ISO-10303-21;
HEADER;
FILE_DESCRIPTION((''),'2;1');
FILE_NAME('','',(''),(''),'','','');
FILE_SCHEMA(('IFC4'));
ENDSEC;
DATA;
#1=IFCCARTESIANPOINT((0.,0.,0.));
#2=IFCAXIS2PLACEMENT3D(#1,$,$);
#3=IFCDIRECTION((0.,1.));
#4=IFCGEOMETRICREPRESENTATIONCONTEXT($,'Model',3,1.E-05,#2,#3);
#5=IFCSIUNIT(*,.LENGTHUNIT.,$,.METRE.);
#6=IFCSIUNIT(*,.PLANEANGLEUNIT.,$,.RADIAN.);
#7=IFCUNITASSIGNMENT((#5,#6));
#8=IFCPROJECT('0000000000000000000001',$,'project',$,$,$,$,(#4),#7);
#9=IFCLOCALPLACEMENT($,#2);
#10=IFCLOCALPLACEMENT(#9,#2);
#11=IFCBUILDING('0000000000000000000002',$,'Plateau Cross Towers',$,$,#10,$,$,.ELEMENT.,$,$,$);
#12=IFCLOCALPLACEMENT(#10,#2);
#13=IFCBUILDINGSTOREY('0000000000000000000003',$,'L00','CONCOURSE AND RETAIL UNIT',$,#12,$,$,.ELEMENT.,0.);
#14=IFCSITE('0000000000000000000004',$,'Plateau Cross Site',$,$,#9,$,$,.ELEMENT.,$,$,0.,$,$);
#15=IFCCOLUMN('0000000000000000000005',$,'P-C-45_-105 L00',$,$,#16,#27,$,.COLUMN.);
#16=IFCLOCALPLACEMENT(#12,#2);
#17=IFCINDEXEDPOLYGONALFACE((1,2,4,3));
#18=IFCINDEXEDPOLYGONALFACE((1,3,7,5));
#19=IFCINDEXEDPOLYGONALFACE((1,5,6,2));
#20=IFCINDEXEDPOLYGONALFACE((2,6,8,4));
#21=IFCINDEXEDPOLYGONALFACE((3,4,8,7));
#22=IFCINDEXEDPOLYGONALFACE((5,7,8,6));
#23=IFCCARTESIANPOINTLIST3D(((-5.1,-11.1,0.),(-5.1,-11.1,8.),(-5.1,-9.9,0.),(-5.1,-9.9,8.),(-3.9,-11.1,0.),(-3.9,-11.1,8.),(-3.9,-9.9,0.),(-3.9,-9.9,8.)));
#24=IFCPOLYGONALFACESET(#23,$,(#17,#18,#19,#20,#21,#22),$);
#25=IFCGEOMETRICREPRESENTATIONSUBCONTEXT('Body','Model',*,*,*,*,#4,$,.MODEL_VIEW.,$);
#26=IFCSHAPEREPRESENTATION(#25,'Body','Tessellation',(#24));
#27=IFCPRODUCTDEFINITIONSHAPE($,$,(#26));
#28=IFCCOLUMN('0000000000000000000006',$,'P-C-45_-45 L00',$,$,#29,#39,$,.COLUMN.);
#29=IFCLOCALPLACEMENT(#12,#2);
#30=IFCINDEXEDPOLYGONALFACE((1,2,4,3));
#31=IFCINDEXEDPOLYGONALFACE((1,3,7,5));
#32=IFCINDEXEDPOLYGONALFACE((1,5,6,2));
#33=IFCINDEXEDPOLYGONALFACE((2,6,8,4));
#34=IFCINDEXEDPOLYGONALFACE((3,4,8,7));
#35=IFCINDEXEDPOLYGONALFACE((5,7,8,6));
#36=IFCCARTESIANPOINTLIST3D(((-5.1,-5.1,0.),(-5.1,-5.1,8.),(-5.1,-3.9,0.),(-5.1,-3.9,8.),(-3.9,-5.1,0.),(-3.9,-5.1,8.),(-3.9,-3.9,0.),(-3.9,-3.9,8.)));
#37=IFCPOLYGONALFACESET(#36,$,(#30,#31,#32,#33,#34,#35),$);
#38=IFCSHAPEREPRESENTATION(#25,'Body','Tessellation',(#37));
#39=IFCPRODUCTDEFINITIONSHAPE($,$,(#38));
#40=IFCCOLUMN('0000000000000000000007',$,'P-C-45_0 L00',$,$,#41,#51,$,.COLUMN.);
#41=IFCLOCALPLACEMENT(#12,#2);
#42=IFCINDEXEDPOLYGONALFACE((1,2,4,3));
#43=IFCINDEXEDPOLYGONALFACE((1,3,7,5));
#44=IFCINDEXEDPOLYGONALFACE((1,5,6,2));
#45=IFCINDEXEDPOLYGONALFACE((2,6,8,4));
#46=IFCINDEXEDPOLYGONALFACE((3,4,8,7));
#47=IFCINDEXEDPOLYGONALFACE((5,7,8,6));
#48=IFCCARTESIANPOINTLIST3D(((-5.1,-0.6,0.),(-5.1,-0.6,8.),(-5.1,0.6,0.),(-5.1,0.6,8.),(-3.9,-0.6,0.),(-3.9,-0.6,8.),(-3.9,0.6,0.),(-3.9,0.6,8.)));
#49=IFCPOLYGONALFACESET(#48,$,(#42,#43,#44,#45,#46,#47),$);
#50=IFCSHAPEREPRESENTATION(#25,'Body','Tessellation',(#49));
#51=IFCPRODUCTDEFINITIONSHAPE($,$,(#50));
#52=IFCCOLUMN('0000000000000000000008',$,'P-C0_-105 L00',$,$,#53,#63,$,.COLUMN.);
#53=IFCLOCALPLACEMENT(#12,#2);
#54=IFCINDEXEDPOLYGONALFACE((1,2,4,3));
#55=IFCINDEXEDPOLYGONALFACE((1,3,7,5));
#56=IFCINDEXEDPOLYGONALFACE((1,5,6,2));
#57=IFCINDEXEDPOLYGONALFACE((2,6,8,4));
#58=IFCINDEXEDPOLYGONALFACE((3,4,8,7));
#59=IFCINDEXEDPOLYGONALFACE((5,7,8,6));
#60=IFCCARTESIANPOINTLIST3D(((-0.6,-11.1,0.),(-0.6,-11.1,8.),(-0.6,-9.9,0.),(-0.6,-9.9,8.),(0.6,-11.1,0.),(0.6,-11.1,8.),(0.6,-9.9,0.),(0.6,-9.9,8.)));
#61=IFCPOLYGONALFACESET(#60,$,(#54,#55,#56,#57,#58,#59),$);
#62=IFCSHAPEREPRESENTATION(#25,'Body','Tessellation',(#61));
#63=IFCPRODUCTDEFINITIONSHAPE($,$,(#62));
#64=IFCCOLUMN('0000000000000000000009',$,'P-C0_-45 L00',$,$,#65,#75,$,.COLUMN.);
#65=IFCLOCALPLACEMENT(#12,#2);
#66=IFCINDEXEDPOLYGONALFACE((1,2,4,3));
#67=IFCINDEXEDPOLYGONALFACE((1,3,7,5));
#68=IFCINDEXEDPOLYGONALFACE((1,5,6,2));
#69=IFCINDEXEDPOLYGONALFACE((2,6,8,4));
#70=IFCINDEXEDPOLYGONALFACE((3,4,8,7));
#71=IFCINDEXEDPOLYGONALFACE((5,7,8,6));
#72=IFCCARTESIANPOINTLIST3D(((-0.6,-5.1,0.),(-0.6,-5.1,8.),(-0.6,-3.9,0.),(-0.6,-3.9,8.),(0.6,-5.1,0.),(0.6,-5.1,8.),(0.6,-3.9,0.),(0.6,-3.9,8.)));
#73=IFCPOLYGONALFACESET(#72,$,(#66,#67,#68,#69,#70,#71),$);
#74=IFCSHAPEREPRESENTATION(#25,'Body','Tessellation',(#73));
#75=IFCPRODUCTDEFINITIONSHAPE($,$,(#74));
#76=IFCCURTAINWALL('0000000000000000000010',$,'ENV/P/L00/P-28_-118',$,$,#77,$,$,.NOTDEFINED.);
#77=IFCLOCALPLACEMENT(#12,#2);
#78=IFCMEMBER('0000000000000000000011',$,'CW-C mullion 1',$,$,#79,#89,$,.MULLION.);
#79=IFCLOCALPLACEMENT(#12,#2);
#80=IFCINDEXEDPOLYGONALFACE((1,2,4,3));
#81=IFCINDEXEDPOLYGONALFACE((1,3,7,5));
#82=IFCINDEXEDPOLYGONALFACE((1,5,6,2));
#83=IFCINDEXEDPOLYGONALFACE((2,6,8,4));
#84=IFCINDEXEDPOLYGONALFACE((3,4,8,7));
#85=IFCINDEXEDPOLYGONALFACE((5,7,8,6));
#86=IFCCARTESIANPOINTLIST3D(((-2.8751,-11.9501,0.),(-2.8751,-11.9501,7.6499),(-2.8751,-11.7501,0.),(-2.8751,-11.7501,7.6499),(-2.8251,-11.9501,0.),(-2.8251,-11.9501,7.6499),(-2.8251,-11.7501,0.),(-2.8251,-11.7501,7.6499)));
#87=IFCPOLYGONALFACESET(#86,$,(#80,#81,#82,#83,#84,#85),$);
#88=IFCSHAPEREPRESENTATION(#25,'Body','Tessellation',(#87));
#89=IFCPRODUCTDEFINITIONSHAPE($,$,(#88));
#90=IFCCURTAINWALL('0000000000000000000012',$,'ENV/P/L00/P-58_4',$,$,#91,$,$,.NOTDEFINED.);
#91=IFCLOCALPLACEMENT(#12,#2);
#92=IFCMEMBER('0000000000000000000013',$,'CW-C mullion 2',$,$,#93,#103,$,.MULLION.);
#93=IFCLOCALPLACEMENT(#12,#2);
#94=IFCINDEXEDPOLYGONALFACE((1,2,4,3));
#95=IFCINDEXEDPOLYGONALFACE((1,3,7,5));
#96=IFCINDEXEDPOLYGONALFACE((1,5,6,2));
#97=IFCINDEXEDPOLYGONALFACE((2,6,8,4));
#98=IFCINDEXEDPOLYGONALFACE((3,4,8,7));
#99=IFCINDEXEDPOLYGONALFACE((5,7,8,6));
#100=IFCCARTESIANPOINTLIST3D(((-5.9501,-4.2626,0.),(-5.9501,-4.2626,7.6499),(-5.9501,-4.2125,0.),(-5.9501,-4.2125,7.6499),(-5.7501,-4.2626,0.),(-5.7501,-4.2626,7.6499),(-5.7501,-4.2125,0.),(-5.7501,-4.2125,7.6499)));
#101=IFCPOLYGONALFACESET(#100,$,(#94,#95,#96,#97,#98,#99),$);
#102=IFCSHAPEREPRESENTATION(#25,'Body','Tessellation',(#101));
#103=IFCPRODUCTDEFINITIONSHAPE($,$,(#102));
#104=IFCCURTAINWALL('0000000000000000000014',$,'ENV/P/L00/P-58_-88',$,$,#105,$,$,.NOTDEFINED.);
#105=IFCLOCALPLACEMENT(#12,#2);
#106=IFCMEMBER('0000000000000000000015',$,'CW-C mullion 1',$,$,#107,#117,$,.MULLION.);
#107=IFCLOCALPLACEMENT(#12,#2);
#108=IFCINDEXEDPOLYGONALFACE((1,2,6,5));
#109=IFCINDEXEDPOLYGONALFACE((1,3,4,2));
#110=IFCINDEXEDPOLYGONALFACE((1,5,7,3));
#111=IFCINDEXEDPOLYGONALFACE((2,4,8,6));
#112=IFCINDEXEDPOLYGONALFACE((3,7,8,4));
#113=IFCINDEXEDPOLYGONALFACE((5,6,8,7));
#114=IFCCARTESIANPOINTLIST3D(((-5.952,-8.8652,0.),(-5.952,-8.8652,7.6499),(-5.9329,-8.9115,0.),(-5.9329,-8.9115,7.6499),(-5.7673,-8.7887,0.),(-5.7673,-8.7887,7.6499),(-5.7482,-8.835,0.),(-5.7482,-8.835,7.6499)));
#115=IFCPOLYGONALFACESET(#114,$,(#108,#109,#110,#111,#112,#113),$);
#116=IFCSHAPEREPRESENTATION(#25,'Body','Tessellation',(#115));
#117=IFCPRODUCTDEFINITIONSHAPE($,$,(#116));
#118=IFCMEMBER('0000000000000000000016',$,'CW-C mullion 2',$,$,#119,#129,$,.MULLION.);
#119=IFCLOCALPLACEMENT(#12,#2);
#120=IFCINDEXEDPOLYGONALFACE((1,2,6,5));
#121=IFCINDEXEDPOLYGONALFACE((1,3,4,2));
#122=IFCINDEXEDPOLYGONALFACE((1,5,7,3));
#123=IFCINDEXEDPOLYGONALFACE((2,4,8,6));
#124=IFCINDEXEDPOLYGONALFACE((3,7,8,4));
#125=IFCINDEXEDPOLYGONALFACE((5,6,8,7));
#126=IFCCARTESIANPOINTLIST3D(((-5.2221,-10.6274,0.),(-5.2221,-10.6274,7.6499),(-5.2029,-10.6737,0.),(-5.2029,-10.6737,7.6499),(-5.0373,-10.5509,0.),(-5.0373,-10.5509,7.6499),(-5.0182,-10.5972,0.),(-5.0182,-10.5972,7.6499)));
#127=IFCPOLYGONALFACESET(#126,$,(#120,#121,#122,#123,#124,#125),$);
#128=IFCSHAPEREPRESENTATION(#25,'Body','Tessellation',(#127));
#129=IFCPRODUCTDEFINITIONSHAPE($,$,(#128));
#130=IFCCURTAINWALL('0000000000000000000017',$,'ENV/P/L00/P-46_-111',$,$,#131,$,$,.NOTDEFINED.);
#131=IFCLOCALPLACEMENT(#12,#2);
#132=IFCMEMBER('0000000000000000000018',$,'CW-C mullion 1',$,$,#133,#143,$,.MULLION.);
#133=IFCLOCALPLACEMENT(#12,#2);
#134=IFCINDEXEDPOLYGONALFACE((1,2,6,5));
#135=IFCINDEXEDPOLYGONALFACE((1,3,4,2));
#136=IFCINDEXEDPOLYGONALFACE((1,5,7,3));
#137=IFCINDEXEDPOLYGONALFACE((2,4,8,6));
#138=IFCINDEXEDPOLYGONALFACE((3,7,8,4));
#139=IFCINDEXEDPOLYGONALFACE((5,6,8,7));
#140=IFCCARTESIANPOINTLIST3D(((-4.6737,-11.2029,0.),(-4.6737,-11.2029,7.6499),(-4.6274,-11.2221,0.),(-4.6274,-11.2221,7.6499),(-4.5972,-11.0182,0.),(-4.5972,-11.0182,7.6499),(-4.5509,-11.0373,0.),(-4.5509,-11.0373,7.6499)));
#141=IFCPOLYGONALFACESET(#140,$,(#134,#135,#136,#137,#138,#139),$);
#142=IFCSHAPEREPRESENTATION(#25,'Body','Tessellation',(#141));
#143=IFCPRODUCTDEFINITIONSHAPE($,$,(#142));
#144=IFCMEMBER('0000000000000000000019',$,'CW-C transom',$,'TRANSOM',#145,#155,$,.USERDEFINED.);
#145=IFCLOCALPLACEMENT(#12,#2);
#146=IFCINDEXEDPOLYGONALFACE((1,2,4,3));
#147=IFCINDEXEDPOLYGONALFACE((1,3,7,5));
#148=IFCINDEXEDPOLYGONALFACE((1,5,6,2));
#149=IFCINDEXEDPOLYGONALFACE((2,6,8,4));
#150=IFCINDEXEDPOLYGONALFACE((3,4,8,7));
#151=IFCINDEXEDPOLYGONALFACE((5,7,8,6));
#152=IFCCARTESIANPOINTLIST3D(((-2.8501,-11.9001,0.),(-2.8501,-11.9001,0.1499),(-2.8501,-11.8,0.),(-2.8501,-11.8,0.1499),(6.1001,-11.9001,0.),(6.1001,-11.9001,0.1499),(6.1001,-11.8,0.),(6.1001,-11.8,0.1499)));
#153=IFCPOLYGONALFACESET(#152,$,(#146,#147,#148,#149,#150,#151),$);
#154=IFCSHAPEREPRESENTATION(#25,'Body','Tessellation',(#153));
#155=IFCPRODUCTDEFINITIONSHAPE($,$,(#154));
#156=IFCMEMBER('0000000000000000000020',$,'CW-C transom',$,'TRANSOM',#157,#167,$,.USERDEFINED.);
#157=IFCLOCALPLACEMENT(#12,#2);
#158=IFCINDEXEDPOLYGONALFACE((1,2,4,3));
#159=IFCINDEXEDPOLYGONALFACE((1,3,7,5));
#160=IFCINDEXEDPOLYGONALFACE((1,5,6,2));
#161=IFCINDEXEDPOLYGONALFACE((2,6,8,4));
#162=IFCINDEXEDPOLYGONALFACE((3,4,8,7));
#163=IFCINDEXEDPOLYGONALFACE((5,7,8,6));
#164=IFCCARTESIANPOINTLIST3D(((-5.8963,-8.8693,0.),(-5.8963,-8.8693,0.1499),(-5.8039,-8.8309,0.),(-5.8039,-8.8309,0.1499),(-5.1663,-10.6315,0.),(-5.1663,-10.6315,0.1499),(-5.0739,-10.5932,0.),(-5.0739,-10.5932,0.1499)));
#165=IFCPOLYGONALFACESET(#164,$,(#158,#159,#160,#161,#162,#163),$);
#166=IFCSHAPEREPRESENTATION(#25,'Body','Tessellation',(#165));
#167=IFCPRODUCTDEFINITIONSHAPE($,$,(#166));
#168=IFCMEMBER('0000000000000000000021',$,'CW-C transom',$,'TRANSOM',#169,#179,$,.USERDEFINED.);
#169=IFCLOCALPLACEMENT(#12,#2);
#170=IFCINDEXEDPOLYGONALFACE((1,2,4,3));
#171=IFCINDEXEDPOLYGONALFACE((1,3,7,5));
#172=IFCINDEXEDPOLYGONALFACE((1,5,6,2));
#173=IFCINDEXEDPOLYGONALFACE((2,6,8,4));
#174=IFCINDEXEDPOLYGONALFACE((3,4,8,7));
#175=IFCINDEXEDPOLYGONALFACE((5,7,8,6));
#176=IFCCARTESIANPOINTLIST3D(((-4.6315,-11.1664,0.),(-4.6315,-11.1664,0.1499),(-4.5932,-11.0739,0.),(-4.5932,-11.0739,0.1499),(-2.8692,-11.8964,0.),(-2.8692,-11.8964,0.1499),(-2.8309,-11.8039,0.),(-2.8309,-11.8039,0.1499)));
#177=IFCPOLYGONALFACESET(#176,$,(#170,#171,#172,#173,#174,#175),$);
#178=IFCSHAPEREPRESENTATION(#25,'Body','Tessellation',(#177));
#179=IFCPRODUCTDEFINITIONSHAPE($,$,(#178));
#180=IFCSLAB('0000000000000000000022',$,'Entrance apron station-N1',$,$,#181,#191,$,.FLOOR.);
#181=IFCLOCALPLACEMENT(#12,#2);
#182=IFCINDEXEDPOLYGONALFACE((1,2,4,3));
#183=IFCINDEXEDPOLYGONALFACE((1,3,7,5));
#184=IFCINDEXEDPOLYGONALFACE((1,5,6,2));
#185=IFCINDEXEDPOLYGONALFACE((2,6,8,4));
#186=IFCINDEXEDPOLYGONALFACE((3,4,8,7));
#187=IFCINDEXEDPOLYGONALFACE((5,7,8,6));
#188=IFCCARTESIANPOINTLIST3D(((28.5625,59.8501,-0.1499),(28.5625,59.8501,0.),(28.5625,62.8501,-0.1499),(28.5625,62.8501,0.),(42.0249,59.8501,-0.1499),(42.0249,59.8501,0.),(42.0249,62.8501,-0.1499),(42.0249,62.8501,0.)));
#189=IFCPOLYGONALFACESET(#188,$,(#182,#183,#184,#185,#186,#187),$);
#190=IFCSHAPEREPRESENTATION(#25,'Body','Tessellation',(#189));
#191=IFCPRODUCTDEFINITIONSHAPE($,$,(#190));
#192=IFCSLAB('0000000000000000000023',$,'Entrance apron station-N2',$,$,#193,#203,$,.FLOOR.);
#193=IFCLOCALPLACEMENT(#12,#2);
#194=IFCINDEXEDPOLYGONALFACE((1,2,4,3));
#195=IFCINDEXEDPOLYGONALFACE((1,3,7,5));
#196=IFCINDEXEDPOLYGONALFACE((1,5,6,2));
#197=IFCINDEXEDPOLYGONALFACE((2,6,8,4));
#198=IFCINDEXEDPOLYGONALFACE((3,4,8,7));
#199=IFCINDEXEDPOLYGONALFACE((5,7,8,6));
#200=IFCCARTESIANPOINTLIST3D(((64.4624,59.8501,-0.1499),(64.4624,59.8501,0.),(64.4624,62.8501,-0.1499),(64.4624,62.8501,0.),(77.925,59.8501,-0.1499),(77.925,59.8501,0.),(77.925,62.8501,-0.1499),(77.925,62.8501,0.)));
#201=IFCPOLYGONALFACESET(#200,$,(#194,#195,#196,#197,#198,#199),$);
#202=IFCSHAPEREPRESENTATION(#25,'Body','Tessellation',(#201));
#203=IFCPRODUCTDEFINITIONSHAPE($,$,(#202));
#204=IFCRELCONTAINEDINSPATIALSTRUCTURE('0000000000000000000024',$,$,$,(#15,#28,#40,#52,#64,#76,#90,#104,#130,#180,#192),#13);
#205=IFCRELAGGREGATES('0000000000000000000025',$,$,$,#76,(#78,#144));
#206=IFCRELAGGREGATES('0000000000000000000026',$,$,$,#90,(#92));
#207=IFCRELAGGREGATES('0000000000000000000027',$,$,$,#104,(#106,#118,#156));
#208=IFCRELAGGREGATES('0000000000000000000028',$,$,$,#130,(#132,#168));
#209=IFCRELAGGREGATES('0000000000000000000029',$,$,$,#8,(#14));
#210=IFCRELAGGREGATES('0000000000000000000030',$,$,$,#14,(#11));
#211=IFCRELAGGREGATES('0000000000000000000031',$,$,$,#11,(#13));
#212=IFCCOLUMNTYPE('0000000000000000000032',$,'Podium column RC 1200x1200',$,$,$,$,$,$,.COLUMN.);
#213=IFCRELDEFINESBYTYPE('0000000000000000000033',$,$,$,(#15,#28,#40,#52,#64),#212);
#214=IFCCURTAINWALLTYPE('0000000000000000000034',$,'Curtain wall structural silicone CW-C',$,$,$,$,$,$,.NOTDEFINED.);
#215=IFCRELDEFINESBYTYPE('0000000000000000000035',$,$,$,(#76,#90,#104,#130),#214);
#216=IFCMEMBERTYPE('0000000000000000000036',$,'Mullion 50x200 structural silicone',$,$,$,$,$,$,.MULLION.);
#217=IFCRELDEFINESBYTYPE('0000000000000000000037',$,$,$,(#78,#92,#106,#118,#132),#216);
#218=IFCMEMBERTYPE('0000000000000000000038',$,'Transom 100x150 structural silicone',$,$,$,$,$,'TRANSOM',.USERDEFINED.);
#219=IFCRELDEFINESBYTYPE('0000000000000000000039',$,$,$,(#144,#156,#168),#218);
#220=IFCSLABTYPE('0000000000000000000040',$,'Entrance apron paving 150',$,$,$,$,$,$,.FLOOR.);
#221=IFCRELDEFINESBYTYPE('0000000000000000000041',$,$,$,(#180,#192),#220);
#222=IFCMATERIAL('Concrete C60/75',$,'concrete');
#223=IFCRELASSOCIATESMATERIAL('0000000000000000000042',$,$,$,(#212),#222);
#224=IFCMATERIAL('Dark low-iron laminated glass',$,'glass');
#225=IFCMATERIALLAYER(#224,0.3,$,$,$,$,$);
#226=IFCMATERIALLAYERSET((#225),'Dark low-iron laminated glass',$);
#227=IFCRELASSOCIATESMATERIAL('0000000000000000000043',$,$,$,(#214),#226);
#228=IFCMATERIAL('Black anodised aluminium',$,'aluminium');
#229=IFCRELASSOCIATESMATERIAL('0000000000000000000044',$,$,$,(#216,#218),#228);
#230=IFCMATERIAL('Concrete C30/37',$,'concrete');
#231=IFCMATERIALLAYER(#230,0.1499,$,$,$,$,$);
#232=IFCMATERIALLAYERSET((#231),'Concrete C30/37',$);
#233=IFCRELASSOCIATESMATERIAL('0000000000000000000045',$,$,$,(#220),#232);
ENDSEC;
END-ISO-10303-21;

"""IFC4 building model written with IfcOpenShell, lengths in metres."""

from ifc_helpers import new_model, si_unit, direction, frame, origin, origin_2d, place, context, subcontext, project, spatial, polyline, rectangle, outline, extrude, material, layer, layer_set, material_profile, profile_set, type_object, element, aggregate, save


model = new_model("IFC4")

# Units and contexts
model_context = context("Model", 3, precision=1e-05, world=origin(), true_north=direction((0.0, 1.0)))
body_context = subcontext(model_context, "Body", "Model", "MODEL_VIEW")
ifc_project = project(units=[si_unit("LENGTHUNIT", "METRE"), si_unit("PLANEANGLEUNIT", "RADIAN")], contexts=[model_context])

# Site, building, storey
site_placement = place(None, origin())
site = spatial("IfcSite", under=ifc_project, at=site_placement, Name="Plateau Cross Site", CompositionType="ELEMENT", RefElevation=0.0)
building_placement = place(site_placement, origin())
building = spatial("IfcBuilding", under=site, at=building_placement, Name="Plateau Cross Towers", CompositionType="ELEMENT")
storey_placement = place(building_placement, origin())
storey = spatial("IfcBuildingStorey", under=building, at=storey_placement, Name="L00", Description="CONCOURSE AND RETAIL UNIT", CompositionType="ELEMENT", Elevation=0.0)

# Columns
ifc_material_1 = material(Name="Concrete C60/75", Category="concrete")
ifc_material_profile_1 = material_profile(ifc_material_1, rectangle(XDim=1.2, YDim=1.2, at=origin_2d()), Name="RC 1200x1200")
ifc_profile_set_1 = profile_set([ifc_material_profile_1], Name="Concrete C60/75")
column_type = type_object("IfcColumnType", Name="Podium column RC 1200x1200", PredefinedType="COLUMN", material=ifc_profile_set_1)
for number, where, z_axis, x_axis, name in (
    (1, (-4.5, -10.5, 0.0), (0.0, 0.0, 1.0), (1.0, 0.0, 0.0), "P-C-45_-105 L00"),
    (2, (-4.5, -4.5, 0.0), (0.0, 0.0, 1.0), (1.0, 0.0, 0.0), "P-C-45_-45 L00"),
    (3, (-4.5, 0.0, 0.0), (0.0, 0.0, 1.0), (1.0, 0.0, 0.0), "P-C-45_0 L00"),
    (4, (0.0, -10.5, 0.0), (0.0, 0.0, 1.0), (1.0, 0.0, 0.0), "P-C0_-105 L00"),
    (5, (0.0, -4.5, 0.0), (0.0, 0.0, 1.0), (1.0, 0.0, 0.0), "P-C0_-45 L00"),
):
    element("IfcColumn", number, at=place(storey_placement, frame(where, z_axis=z_axis, x_axis=x_axis)), inside=storey, type_object=column_type, Name=name, PredefinedType="COLUMN", context=body_context, shape_type="SweptSolid", body=[
        extrude(rectangle(XDim=1.2, YDim=1.2, at=origin_2d()), origin(), (0.0, 0.0, 1.0), 8.0),
    ])

# Curtain walls, members
ifc_material_2 = material(Name="Dark low-iron laminated glass", Category="glass")
ifc_layer_1 = layer(ifc_material_2, 0.3)
ifc_layer_set_1 = layer_set([ifc_layer_1], Name="Dark low-iron laminated glass")
curtain_wall_type = type_object("IfcCurtainWallType", Name="Curtain wall structural silicone CW-C", PredefinedType="NOTDEFINED", material=ifc_layer_set_1)
curtain_wall_1_placement = place(storey_placement, origin())
curtain_wall_1 = element("IfcCurtainWall", 6, at=curtain_wall_1_placement, inside=storey, type_object=curtain_wall_type, Name="ENV/P/L00/P-28_-118", PredefinedType="NOTDEFINED")
ifc_material_3 = material(Name="Black anodised aluminium", Category="aluminium")
ifc_material_profile_2 = material_profile(ifc_material_3, rectangle(XDim=0.05, YDim=0.2, at=origin_2d()), Name="MULLION 50x200")
ifc_profile_set_2 = profile_set([ifc_material_profile_2], Name="Black anodised aluminium")
member_type_1 = type_object("IfcMemberType", Name="Mullion 50x200 structural silicone", PredefinedType="MULLION", material=ifc_profile_set_2)
member_1_placement = place(storey_placement, frame((-2.8501, -11.8501, 0.0), z_axis=(0.0, 0.0, 1.0), x_axis=(1.0, 0.0, 0.0)))
member_1 = element("IfcMember", 7, at=member_1_placement, type_object=member_type_1, Name="CW-C mullion 1", PredefinedType="MULLION", context=body_context, shape_type="SweptSolid", body=[
    extrude(rectangle(XDim=0.05, YDim=0.2, at=origin_2d()), origin(), (0.0, 0.0, 1.0), 7.6499),
])
curtain_wall_2_placement = place(storey_placement, origin())
curtain_wall_2 = element("IfcCurtainWall", 8, at=curtain_wall_2_placement, inside=storey, type_object=curtain_wall_type, Name="ENV/P/L00/P-58_4", PredefinedType="NOTDEFINED")
member_2_placement = place(storey_placement, frame((-5.8501, -4.2375, 0.0), z_axis=(0.0, 0.0, 1.0), x_axis=(0.0, -1.0, 0.0)))
member_2 = element("IfcMember", 9, at=member_2_placement, type_object=member_type_1, Name="CW-C mullion 2", PredefinedType="MULLION", context=body_context, shape_type="SweptSolid", body=[
    extrude(rectangle(XDim=0.05, YDim=0.2, at=origin_2d()), origin(), (0.0, 0.0, 1.0), 7.6499),
])

# Curtain wall, members
curtain_wall_3_placement = place(storey_placement, origin())
curtain_wall_3 = element("IfcCurtainWall", 10, at=curtain_wall_3_placement, inside=storey, type_object=curtain_wall_type, Name="ENV/P/L00/P-58_-88", PredefinedType="NOTDEFINED")
member_3_placement = place(storey_placement, frame((-5.8501, -8.8501, 0.0), z_axis=(0.0, 0.0, 1.0), x_axis=(0.382684, -0.923879, 0.0)))
member_3 = element("IfcMember", 11, at=member_3_placement, type_object=member_type_1, Name="CW-C mullion 1", PredefinedType="MULLION", context=body_context, shape_type="SweptSolid", body=[
    extrude(rectangle(XDim=0.05, YDim=0.2, at=origin_2d()), origin(), (0.0, 0.0, 1.0), 7.6499),
])
member_4_placement = place(storey_placement, frame((-5.1201, -10.6123, 0.0), z_axis=(0.0, 0.0, 1.0), x_axis=(0.382684, -0.923879, 0.0)))
member_4 = element("IfcMember", 12, at=member_4_placement, type_object=member_type_1, Name="CW-C mullion 2", PredefinedType="MULLION", context=body_context, shape_type="SweptSolid", body=[
    extrude(rectangle(XDim=0.05, YDim=0.2, at=origin_2d()), origin(), (0.0, 0.0, 1.0), 7.6499),
])

# Curtain wall, member
curtain_wall_4_placement = place(storey_placement, origin())
curtain_wall_4 = element("IfcCurtainWall", 13, at=curtain_wall_4_placement, inside=storey, type_object=curtain_wall_type, Name="ENV/P/L00/P-46_-111", PredefinedType="NOTDEFINED")
member_5_placement = place(storey_placement, frame((-4.6123, -11.1201, 0.0), z_axis=(0.0, 0.0, 1.0), x_axis=(0.923879, -0.382684, 0.0)))
member_5 = element("IfcMember", 14, at=member_5_placement, type_object=member_type_1, Name="CW-C mullion 1", PredefinedType="MULLION", context=body_context, shape_type="SweptSolid", body=[
    extrude(rectangle(XDim=0.05, YDim=0.2, at=origin_2d()), origin(), (0.0, 0.0, 1.0), 7.6499),
])

# Members
ifc_material_profile_3 = material_profile(ifc_material_3, rectangle(XDim=0.1001, YDim=0.1499, at=origin_2d()), Name="TRANSOM 100x150")
ifc_profile_set_3 = profile_set([ifc_material_profile_3], Name="Black anodised aluminium")
member_type_2 = type_object("IfcMemberType", Name="Transom 100x150 structural silicone", ElementType="TRANSOM", PredefinedType="USERDEFINED", material=ifc_profile_set_3)
member_6_placement = place(storey_placement, frame((-2.8501, -11.8501, 0.075), z_axis=(1.0, 0.0, 0.0), x_axis=(0.0, 1.0, 0.0)))
member_6 = element("IfcMember", 15, at=member_6_placement, type_object=member_type_2, Name="CW-C transom", ObjectType="TRANSOM", PredefinedType="USERDEFINED", context=body_context, shape_type="SweptSolid", body=[
    extrude(rectangle(XDim=0.1001, YDim=0.1499, at=origin_2d()), origin(), (0.0, 0.0, 1.0), 8.9502),
])
member_7_placement = place(storey_placement, frame((-5.8501, -8.8501, 0.075), z_axis=(0.382706, -0.92387, 0.0), x_axis=(0.92387, 0.382706, 0.0)))
member_7 = element("IfcMember", 16, at=member_7_placement, type_object=member_type_2, Name="CW-C transom", ObjectType="TRANSOM", PredefinedType="USERDEFINED", context=body_context, shape_type="SweptSolid", body=[
    extrude(rectangle(XDim=0.1001, YDim=0.1499, at=origin_2d()), origin(), (0.0, 0.0, 1.0), 1.9075),
])
member_8_placement = place(storey_placement, frame((-4.6123, -11.1201, 0.075), z_axis=(0.92387, -0.382706, 0.0), x_axis=(0.382706, 0.92387, 0.0)))
member_8 = element("IfcMember", 17, at=member_8_placement, type_object=member_type_2, Name="CW-C transom", ObjectType="TRANSOM", PredefinedType="USERDEFINED", context=body_context, shape_type="SweptSolid", body=[
    extrude(rectangle(XDim=0.1001, YDim=0.1499, at=origin_2d()), origin(), (0.0, 0.0, 1.0), 1.9075),
])

# Slabs
ifc_material_4 = material(Name="Concrete C30/37", Category="concrete")
ifc_layer_2 = layer(ifc_material_4, 0.1499)
ifc_layer_set_2 = layer_set([ifc_layer_2], Name="Concrete C30/37")
slab_type_1 = type_object("IfcSlabType", Name="Entrance apron paving 150", PredefinedType="FLOOR", material=ifc_layer_set_2)
slab_1_placement = place(storey_placement, frame((0.0, 0.0, -0.1499)))
element("IfcSlab", 18, at=slab_1_placement, inside=storey, type_object=slab_type_1, Name="Entrance apron station-N1", PredefinedType="FLOOR", context=body_context, shape_type="SweptSolid", body=[
    extrude(outline(polyline([(42.0249, 59.8501), (28.5625, 59.8501), (28.5625, 62.8501), (42.0249, 62.8501), (42.0249, 59.8501)])), origin(), (0.0, 0.0, 1.0), 0.1499),
])
slab_2_placement = place(storey_placement, frame((0.0, 0.0, -0.1499)))
element("IfcSlab", 19, at=slab_2_placement, inside=storey, type_object=slab_type_1, Name="Entrance apron station-N2", PredefinedType="FLOOR", context=body_context, shape_type="SweptSolid", body=[
    extrude(outline(polyline([(77.925, 59.8501), (64.4624, 59.8501), (64.4624, 62.8501), (77.925, 62.8501), (77.925, 59.8501)])), origin(), (0.0, 0.0, 1.0), 0.1499),
])

aggregate(curtain_wall_1, [member_1, member_6])
aggregate(curtain_wall_2, [member_2])
aggregate(curtain_wall_3, [member_3, member_4, member_7])
aggregate(curtain_wall_4, [member_5, member_8])

save(model, "model.ifc")
